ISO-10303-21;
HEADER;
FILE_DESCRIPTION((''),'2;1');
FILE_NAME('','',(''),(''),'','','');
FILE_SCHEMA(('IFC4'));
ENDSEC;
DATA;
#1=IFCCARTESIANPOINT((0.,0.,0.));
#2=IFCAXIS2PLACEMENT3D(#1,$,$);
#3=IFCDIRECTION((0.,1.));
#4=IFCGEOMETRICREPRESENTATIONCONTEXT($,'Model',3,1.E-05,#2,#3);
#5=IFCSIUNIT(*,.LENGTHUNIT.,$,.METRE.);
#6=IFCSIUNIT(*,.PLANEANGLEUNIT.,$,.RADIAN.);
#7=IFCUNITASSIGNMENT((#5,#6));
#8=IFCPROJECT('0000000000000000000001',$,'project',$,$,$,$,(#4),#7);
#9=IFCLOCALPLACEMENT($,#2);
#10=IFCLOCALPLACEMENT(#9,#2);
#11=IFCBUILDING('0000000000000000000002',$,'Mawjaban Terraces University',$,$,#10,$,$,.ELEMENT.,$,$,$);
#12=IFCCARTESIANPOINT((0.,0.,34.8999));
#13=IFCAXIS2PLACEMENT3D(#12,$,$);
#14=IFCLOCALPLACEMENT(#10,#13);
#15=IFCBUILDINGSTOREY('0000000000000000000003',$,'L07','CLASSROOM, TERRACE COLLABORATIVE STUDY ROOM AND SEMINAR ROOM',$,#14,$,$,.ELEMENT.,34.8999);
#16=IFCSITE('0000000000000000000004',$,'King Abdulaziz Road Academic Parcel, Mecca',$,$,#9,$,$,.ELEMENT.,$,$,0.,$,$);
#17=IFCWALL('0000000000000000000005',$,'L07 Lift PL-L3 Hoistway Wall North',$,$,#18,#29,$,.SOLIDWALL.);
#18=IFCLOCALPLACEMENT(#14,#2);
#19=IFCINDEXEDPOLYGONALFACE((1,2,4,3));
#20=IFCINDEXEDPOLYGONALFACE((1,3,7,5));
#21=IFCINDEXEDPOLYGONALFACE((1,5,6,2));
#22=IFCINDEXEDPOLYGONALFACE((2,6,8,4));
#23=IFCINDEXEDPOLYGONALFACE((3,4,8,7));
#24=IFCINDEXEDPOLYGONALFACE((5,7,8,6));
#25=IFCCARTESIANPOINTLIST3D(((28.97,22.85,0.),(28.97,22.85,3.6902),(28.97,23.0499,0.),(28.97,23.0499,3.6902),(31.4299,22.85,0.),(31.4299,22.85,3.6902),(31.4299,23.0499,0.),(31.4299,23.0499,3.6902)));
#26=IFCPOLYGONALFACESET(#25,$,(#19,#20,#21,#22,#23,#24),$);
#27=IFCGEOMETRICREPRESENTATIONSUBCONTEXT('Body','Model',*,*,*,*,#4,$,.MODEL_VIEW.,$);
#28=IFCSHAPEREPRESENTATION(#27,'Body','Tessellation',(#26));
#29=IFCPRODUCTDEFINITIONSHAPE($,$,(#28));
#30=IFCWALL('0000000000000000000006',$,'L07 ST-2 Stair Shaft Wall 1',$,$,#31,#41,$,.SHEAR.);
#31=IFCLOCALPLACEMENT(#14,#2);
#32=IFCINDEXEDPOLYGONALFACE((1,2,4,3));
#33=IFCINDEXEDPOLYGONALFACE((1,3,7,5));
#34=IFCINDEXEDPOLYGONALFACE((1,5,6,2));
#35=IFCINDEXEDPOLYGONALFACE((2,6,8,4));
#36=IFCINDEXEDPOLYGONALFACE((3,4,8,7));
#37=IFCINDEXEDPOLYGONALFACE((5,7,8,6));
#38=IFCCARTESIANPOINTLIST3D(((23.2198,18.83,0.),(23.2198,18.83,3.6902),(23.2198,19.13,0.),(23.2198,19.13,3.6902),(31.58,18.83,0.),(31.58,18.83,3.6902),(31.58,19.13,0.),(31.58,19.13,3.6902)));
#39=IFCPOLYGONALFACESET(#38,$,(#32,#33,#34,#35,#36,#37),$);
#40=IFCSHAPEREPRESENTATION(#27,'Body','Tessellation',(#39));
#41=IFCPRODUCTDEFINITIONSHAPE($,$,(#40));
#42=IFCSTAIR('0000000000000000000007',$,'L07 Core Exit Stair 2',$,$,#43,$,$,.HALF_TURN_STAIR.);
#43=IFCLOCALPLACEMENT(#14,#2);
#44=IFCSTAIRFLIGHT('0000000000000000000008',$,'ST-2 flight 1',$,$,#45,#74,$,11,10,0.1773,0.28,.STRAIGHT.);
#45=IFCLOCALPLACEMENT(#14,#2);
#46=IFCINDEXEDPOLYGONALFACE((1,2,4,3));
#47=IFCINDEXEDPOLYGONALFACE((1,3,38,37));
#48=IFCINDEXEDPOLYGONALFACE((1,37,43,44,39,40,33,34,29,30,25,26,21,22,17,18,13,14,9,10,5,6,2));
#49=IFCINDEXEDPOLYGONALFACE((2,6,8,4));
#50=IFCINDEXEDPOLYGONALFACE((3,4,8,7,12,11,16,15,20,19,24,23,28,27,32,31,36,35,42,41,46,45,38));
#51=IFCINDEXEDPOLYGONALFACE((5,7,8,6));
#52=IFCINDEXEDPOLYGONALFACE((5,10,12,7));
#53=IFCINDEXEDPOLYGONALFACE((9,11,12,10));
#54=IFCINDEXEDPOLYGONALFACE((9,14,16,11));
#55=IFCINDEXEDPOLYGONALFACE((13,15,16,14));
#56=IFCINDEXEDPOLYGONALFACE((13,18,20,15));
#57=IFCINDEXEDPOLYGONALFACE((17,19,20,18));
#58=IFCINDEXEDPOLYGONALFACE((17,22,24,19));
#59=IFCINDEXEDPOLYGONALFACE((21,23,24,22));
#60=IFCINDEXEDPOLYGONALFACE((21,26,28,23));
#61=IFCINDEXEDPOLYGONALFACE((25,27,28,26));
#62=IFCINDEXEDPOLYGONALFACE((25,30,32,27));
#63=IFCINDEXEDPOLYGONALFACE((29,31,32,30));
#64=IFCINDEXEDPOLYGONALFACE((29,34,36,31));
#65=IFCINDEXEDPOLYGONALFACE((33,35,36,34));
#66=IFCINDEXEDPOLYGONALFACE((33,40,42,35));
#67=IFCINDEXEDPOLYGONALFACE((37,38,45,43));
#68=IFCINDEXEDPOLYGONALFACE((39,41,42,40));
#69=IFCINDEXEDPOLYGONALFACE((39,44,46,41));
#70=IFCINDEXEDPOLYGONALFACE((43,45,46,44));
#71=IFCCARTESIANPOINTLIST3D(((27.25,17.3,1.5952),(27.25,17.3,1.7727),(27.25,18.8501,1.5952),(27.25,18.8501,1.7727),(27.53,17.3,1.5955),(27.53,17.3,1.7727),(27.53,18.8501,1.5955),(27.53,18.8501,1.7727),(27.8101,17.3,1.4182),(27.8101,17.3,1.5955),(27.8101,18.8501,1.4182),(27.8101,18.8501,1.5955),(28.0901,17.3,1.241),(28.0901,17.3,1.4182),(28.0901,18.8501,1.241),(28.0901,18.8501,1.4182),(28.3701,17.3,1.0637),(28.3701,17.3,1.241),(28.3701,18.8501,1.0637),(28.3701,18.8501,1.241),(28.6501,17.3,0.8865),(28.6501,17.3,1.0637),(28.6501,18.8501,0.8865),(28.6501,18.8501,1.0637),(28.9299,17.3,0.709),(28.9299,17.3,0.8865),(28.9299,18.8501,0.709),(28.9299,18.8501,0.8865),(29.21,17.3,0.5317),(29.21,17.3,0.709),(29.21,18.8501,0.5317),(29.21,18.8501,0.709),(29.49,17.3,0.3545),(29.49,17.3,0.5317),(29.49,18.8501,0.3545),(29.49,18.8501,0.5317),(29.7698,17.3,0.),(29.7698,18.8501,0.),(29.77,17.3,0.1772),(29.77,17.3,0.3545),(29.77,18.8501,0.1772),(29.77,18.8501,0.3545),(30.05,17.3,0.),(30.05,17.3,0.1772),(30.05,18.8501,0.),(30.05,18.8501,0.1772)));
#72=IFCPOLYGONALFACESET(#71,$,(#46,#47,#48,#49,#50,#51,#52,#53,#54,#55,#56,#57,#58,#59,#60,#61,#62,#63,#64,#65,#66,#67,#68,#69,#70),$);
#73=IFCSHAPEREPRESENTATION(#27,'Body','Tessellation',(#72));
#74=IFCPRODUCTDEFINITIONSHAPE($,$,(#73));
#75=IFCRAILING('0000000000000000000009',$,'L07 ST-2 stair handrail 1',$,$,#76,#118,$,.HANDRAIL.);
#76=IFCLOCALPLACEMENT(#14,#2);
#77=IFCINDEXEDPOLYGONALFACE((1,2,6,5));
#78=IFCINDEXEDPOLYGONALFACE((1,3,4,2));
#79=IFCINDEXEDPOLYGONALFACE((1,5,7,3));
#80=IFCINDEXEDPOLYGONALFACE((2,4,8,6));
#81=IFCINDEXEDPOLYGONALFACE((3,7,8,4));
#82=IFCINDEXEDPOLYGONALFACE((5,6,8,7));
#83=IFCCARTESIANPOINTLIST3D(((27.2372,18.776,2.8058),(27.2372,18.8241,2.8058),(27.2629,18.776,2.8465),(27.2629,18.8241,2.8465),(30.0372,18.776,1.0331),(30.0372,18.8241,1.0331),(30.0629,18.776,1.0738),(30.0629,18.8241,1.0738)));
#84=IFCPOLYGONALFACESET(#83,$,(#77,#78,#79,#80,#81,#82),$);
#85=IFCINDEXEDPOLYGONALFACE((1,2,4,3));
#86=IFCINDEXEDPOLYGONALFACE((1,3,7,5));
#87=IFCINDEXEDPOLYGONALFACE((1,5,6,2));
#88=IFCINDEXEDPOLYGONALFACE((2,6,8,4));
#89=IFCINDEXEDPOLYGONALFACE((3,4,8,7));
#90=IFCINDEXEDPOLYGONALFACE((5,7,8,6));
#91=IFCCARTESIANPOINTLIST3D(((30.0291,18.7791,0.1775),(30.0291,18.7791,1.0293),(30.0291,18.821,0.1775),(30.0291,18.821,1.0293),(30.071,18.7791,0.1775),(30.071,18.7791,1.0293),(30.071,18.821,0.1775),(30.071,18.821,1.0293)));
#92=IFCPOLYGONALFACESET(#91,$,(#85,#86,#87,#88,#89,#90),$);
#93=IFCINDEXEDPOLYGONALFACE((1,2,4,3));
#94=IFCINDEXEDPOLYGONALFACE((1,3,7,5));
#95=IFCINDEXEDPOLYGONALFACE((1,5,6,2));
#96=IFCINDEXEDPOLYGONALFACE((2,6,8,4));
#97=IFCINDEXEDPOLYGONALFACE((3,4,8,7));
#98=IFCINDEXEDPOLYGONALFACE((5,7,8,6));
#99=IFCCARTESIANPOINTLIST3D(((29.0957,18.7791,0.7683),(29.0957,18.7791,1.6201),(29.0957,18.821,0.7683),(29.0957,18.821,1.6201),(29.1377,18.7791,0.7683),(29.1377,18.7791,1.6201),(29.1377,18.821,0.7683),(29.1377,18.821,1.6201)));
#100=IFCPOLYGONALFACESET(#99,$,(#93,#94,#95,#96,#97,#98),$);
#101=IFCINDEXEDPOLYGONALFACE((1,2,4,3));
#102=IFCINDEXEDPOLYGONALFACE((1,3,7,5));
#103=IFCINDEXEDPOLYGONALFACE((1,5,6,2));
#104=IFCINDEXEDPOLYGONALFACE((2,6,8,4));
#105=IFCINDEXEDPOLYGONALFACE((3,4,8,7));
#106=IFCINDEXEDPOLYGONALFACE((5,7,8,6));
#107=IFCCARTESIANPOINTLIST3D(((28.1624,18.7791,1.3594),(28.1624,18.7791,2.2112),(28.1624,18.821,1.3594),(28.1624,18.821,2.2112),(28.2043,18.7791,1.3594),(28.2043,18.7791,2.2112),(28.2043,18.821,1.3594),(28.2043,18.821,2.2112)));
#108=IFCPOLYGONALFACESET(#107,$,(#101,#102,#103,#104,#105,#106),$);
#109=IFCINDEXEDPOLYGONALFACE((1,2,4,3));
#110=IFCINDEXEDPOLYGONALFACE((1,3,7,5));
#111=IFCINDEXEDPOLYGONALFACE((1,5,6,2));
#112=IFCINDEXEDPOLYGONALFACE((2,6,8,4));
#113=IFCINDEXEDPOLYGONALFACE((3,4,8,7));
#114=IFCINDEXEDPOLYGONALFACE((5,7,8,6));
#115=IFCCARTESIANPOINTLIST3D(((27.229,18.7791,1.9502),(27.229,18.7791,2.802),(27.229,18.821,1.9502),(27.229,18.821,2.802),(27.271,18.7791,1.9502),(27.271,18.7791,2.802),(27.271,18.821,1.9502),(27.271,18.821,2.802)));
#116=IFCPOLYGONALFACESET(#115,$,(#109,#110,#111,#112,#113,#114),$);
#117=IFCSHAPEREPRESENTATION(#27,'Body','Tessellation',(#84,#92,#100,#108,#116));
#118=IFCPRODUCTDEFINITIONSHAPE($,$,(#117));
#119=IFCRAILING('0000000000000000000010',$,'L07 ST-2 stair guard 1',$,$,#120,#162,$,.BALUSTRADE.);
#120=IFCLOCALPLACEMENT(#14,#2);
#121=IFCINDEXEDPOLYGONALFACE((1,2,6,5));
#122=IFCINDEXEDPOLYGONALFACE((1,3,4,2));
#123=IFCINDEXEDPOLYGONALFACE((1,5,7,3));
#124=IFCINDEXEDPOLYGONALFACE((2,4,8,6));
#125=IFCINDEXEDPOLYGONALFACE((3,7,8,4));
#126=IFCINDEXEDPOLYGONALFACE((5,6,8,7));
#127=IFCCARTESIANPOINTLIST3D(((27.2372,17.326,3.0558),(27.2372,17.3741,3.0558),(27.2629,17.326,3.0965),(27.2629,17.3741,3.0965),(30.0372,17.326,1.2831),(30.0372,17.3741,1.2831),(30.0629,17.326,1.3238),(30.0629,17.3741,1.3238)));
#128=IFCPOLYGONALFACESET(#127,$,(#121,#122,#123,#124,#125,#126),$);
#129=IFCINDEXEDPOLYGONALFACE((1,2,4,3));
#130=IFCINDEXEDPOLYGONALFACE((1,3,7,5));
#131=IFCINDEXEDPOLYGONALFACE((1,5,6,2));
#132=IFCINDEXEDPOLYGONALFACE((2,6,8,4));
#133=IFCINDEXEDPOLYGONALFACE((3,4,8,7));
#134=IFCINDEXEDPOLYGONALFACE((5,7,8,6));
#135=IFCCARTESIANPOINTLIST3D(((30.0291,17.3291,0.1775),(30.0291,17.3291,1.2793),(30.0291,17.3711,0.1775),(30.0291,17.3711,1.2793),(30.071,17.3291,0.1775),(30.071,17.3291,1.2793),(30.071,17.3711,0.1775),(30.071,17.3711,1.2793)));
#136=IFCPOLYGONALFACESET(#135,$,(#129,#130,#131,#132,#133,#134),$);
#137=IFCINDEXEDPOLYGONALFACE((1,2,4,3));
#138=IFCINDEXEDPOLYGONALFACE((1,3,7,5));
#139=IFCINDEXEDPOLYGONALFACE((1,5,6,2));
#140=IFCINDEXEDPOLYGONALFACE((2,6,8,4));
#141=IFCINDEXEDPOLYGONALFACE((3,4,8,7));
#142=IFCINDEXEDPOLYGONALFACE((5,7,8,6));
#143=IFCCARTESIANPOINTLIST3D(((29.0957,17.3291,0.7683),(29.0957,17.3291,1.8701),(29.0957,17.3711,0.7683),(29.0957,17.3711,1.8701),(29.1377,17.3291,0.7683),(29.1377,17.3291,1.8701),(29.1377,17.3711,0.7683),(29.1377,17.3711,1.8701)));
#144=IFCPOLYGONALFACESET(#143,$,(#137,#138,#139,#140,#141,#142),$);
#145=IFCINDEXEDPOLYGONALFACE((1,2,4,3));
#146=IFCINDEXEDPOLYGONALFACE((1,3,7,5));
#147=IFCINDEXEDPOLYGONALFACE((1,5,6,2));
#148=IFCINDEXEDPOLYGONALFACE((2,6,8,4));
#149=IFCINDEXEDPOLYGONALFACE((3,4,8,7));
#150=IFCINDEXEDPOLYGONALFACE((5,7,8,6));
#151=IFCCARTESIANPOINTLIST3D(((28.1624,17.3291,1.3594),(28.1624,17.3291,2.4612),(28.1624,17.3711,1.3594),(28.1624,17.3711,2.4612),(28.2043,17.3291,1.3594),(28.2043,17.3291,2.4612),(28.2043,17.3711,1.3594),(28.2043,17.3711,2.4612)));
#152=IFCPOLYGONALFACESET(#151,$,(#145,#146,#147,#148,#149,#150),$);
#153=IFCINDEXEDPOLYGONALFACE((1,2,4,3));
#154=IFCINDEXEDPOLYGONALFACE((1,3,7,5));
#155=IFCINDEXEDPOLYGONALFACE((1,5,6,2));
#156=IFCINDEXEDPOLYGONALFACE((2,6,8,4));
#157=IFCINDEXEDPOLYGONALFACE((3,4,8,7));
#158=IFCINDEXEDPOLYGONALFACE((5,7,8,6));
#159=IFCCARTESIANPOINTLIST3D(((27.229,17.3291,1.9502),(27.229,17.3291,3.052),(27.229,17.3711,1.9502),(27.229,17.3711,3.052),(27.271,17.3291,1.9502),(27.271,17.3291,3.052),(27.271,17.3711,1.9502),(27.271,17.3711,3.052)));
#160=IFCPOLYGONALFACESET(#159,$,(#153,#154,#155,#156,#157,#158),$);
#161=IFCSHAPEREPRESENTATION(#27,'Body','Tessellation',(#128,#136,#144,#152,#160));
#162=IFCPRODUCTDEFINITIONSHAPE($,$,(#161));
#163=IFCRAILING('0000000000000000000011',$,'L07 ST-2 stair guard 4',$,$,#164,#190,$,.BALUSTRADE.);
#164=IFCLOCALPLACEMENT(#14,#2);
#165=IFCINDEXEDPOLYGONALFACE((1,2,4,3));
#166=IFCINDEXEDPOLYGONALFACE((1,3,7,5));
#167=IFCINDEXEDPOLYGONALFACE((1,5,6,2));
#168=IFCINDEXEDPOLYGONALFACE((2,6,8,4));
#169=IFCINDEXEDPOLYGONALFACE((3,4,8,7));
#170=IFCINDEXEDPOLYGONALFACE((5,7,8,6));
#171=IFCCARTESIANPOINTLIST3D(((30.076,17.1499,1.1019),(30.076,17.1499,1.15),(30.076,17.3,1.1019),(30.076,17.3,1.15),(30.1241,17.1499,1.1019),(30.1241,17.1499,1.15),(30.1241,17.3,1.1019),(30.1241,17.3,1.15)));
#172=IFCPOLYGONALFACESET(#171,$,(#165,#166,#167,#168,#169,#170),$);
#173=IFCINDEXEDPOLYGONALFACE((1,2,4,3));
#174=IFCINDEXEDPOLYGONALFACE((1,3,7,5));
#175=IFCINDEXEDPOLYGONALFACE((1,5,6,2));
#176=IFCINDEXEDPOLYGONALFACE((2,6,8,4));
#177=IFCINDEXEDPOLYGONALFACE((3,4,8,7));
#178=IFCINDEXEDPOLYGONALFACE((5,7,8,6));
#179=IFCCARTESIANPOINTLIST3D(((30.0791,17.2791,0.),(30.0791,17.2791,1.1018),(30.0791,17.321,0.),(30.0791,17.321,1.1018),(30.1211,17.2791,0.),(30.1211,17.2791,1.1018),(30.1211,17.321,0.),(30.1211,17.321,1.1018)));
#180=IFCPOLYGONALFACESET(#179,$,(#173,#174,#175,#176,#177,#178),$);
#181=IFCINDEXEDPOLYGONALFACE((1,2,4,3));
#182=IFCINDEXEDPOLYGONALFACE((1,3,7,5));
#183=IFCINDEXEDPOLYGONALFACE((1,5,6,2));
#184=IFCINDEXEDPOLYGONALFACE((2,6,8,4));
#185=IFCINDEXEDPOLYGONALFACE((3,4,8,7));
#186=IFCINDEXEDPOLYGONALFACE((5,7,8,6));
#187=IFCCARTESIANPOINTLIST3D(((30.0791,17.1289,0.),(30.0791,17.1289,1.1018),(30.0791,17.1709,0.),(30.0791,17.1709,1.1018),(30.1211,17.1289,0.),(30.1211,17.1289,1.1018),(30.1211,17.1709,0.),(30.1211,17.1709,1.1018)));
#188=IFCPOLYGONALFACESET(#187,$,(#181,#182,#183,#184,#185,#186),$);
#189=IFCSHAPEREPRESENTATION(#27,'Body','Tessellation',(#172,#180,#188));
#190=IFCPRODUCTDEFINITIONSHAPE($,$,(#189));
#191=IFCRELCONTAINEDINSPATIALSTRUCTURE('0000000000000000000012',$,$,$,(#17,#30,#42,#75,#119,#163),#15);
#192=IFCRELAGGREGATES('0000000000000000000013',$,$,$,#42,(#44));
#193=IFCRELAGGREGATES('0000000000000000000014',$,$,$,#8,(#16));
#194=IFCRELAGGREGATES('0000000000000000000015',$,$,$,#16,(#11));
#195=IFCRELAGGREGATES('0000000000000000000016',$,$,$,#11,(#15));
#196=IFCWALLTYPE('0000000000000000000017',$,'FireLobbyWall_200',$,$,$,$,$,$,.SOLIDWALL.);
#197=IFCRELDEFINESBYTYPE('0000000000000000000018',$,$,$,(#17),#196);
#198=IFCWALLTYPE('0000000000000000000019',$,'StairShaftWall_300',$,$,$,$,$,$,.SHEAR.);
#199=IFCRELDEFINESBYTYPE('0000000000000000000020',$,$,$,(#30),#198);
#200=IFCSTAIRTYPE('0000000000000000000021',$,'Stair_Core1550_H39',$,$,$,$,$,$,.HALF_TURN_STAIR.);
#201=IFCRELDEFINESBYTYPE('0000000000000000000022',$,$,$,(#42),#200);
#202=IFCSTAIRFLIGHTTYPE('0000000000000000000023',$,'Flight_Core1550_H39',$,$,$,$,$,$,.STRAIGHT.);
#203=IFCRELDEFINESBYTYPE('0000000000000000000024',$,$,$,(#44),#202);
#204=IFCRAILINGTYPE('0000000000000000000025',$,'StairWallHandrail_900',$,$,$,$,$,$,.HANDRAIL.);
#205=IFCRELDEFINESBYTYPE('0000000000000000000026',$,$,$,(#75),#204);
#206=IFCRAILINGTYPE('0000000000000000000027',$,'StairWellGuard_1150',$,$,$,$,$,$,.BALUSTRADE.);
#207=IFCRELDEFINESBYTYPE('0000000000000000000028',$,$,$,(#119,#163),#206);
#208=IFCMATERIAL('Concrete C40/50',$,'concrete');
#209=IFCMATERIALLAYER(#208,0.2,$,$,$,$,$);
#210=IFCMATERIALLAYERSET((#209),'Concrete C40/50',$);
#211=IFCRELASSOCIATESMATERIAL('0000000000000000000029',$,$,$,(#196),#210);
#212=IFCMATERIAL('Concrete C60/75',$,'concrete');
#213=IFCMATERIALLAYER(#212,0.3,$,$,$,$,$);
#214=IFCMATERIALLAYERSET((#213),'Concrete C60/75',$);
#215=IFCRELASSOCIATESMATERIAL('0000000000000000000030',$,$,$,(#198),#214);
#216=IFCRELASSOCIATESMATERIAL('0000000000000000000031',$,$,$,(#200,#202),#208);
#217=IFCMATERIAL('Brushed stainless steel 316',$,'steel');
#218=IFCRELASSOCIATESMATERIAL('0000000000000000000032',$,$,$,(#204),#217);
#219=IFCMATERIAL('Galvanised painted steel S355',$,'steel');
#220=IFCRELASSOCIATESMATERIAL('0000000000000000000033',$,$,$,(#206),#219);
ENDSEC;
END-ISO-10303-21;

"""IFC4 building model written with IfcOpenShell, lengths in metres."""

from ifc_helpers import new_model, si_unit, direction, frame, frame_2d, origin, origin_2d, place, context, subcontext, project, spatial, polyline, rectangle, outline, extrude, material, layer, layer_set, type_object, element, aggregate, save


model = new_model("IFC4")

# Units and contexts
model_context = context("Model", 3, precision=1e-05, world=origin(), true_north=direction((0.0, 1.0)))
body_context = subcontext(model_context, "Body", "Model", "MODEL_VIEW")
ifc_project = project(units=[si_unit("LENGTHUNIT", "METRE"), si_unit("PLANEANGLEUNIT", "RADIAN")], contexts=[model_context])

# Site, building, storey
site_placement = place(None, origin())
site = spatial("IfcSite", under=ifc_project, at=site_placement, Name="King Abdulaziz Road Academic Parcel, Mecca", CompositionType="ELEMENT", RefElevation=0.0)
building_placement = place(site_placement, origin())
building = spatial("IfcBuilding", under=site, at=building_placement, Name="Mawjaban Terraces University", CompositionType="ELEMENT")
storey_placement = place(building_placement, frame((0.0, 0.0, 34.8999)))
storey = spatial("IfcBuildingStorey", under=building, at=storey_placement, Name="L07", Description="CLASSROOM, TERRACE COLLABORATIVE STUDY ROOM AND SEMINAR ROOM", CompositionType="ELEMENT", Elevation=34.8999)

# Shared definitions
ifc_material_1 = material(Name="Concrete C40/50", Category="concrete")
ifc_layer_1 = layer(ifc_material_1, 0.2)
ifc_layer_set_1 = layer_set([ifc_layer_1], Name="Concrete C40/50")
wall_type_1 = type_object("IfcWallType", Name="FireLobbyWall_200", PredefinedType="SOLIDWALL", material=ifc_layer_set_1)

# Walls
wall_1_placement = place(storey_placement, frame((31.4299, 22.95, 0.0), z_axis=(0.0, 0.0, 1.0), x_axis=(-1.0, 0.0, 0.0)))
element("IfcWall", 1, at=wall_1_placement, inside=storey, type_object=wall_type_1, Name="L07 Lift PL-L3 Hoistway Wall North", PredefinedType="SOLIDWALL", context=body_context, shape_type="SweptSolid", body=[
    extrude(rectangle(XDim=2.46, YDim=0.2, at=frame_2d((1.23, 0.0))), origin(), (0.0, 0.0, 1.0), 3.6902),
])
ifc_material_2 = material(Name="Concrete C60/75", Category="concrete")
ifc_layer_2 = layer(ifc_material_2, 0.3)
ifc_layer_set_2 = layer_set([ifc_layer_2], Name="Concrete C60/75")
wall_type_2 = type_object("IfcWallType", Name="StairShaftWall_300", PredefinedType="SHEAR", material=ifc_layer_set_2)
wall_2_placement = place(storey_placement, frame((31.5801, 18.98, 0.0), z_axis=(0.0, 0.0, 1.0), x_axis=(-1.0, 0.0, 0.0)))
element("IfcWall", 2, at=wall_2_placement, inside=storey, type_object=wall_type_2, Name="L07 ST-2 Stair Shaft Wall 1", PredefinedType="SHEAR", context=body_context, shape_type="SweptSolid", body=[
    extrude(rectangle(XDim=8.3601, YDim=0.3, at=frame_2d((4.1802, 0.0))), origin(), (0.0, 0.0, 1.0), 3.6902),
])

# Stair, stair flight
stair_type = type_object("IfcStairType", Name="Stair_Core1550_H39", PredefinedType="HALF_TURN_STAIR", material=ifc_material_1)
stair_placement = place(storey_placement, origin())
stair = element("IfcStair", 3, at=stair_placement, inside=storey, type_object=stair_type, Name="L07 Core Exit Stair 2", PredefinedType="HALF_TURN_STAIR")
stair_flight_type = type_object("IfcStairFlightType", Name="Flight_Core1550_H39", PredefinedType="STRAIGHT", material=ifc_material_1)
stair_flight_placement = place(storey_placement, frame((30.05, 18.075, 0.0), z_axis=(0.0, 0.0, 1.0), x_axis=(-1.0, 0.0, 0.0)))
stair_flight = element("IfcStairFlight", 4, at=stair_flight_placement, type_object=stair_flight_type, Name="ST-2 flight 1", NumberOfRisers=11, NumberOfTreads=10, PredefinedType="STRAIGHT", RiserHeight=0.1773, TreadLength=0.28, context=body_context, shape_type="SweptSolid", body=[
    extrude(outline(polyline([(0.0, 0.0), (0.0, 0.1772), (0.28, 0.1772), (0.28, 0.3545), (0.5601, 0.3545), (0.5601, 0.5317), (0.8401, 0.5317), (0.8401, 0.709), (1.1201, 0.709), (1.1201, 0.8865), (1.3999, 0.8865), (1.3999, 1.0637), (1.6799, 1.0637), (1.6799, 1.241), (1.96, 1.241), (1.96, 1.4182), (2.24, 1.4182), (2.24, 1.5955), (2.52, 1.5955), (2.52, 1.7727), (2.8, 1.7727), (2.8, 1.95), (2.8, 1.5952), (0.2803, 0.0), (0.0, 0.0)])), frame((0.0, 0.7749, 0.0), z_axis=(0.0, -1.0, 0.0), x_axis=(1.0, 0.0, 0.0)), (0.0, 0.0, 1.0), 1.55),
])
aggregate(stair, [stair_flight])

# Railings
ifc_material_3 = material(Name="Brushed stainless steel 316", Category="steel")
railing_type_1 = type_object("IfcRailingType", Name="StairWallHandrail_900", PredefinedType="HANDRAIL", material=ifc_material_3)
railing_1_placement = place(storey_placement, frame((30.05, 18.8, 0.1775)))
element("IfcRailing", 5, at=railing_1_placement, inside=storey, type_object=railing_type_1, Name="L07 ST-2 stair handrail 1", PredefinedType="HANDRAIL", context=body_context, shape_type="SweptSolid", body=[
    extrude(rectangle(XDim=0.0481, YDim=0.0481, at=origin_2d()), frame((0.0, 0.0, 0.876), z_axis=(-0.844909, 0.0, 0.53491), x_axis=(0.0, -1.0, 0.0)), (0.0, 0.0, 1.0), 3.314),
    extrude(rectangle(XDim=0.042, YDim=0.042, at=origin_2d()), origin(), (0.0, 0.0, 1.0), 0.8518),
    extrude(rectangle(XDim=0.042, YDim=0.042, at=origin_2d()), frame((-0.9333, 0.0, 0.5908)), (0.0, 0.0, 1.0), 0.8518),
    extrude(rectangle(XDim=0.042, YDim=0.042, at=origin_2d()), frame((-1.8667, 0.0, 1.1819)), (0.0, 0.0, 1.0), 0.8518),
    extrude(rectangle(XDim=0.042, YDim=0.042, at=origin_2d()), frame((-2.8, 0.0, 1.7727)), (0.0, 0.0, 1.0), 0.8518),
])
ifc_material_4 = material(Name="Galvanised painted steel S355", Category="steel")
railing_type_2 = type_object("IfcRailingType", Name="StairWellGuard_1150", PredefinedType="BALUSTRADE", material=ifc_material_4)
railing_2_placement = place(storey_placement, frame((30.05, 17.3501, 0.1775)))
element("IfcRailing", 6, at=railing_2_placement, inside=storey, type_object=railing_type_2, Name="L07 ST-2 stair guard 1", PredefinedType="BALUSTRADE", context=body_context, shape_type="SweptSolid", body=[
    extrude(rectangle(XDim=0.0481, YDim=0.0481, at=origin_2d()), frame((0.0, 0.0, 1.126), z_axis=(-0.844909, 0.0, 0.53491), x_axis=(0.0, -1.0, 0.0)), (0.0, 0.0, 1.0), 3.314),
    extrude(rectangle(XDim=0.042, YDim=0.042, at=origin_2d()), origin(), (0.0, 0.0, 1.0), 1.1018),
    extrude(rectangle(XDim=0.042, YDim=0.042, at=origin_2d()), frame((-0.9333, 0.0, 0.5908)), (0.0, 0.0, 1.0), 1.1018),
    extrude(rectangle(XDim=0.042, YDim=0.042, at=origin_2d()), frame((-1.8667, 0.0, 1.1819)), (0.0, 0.0, 1.0), 1.1018),
    extrude(rectangle(XDim=0.042, YDim=0.042, at=origin_2d()), frame((-2.8, 0.0, 1.7727)), (0.0, 0.0, 1.0), 1.1018),
])
railing_3_placement = place(storey_placement, frame((30.1001, 17.3, 0.0)))
element("IfcRailing", 7, at=railing_3_placement, inside=storey, type_object=railing_type_2, Name="L07 ST-2 stair guard 4", PredefinedType="BALUSTRADE", context=body_context, shape_type="SweptSolid", body=[
    extrude(rectangle(XDim=0.0481, YDim=0.0481, at=origin_2d()), frame((0.0, 0.0, 1.126), z_axis=(0.0, -1.0, 0.0), x_axis=(1.0, 0.0, 0.0)), (0.0, 0.0, 1.0), 0.1501),
    extrude(rectangle(XDim=0.042, YDim=0.042, at=origin_2d()), origin(), (0.0, 0.0, 1.0), 1.1018),
    extrude(rectangle(XDim=0.042, YDim=0.042, at=origin_2d()), frame((0.0, -0.1501, 0.0)), (0.0, 0.0, 1.0), 1.1018),
])

save(model, "model.ifc")
